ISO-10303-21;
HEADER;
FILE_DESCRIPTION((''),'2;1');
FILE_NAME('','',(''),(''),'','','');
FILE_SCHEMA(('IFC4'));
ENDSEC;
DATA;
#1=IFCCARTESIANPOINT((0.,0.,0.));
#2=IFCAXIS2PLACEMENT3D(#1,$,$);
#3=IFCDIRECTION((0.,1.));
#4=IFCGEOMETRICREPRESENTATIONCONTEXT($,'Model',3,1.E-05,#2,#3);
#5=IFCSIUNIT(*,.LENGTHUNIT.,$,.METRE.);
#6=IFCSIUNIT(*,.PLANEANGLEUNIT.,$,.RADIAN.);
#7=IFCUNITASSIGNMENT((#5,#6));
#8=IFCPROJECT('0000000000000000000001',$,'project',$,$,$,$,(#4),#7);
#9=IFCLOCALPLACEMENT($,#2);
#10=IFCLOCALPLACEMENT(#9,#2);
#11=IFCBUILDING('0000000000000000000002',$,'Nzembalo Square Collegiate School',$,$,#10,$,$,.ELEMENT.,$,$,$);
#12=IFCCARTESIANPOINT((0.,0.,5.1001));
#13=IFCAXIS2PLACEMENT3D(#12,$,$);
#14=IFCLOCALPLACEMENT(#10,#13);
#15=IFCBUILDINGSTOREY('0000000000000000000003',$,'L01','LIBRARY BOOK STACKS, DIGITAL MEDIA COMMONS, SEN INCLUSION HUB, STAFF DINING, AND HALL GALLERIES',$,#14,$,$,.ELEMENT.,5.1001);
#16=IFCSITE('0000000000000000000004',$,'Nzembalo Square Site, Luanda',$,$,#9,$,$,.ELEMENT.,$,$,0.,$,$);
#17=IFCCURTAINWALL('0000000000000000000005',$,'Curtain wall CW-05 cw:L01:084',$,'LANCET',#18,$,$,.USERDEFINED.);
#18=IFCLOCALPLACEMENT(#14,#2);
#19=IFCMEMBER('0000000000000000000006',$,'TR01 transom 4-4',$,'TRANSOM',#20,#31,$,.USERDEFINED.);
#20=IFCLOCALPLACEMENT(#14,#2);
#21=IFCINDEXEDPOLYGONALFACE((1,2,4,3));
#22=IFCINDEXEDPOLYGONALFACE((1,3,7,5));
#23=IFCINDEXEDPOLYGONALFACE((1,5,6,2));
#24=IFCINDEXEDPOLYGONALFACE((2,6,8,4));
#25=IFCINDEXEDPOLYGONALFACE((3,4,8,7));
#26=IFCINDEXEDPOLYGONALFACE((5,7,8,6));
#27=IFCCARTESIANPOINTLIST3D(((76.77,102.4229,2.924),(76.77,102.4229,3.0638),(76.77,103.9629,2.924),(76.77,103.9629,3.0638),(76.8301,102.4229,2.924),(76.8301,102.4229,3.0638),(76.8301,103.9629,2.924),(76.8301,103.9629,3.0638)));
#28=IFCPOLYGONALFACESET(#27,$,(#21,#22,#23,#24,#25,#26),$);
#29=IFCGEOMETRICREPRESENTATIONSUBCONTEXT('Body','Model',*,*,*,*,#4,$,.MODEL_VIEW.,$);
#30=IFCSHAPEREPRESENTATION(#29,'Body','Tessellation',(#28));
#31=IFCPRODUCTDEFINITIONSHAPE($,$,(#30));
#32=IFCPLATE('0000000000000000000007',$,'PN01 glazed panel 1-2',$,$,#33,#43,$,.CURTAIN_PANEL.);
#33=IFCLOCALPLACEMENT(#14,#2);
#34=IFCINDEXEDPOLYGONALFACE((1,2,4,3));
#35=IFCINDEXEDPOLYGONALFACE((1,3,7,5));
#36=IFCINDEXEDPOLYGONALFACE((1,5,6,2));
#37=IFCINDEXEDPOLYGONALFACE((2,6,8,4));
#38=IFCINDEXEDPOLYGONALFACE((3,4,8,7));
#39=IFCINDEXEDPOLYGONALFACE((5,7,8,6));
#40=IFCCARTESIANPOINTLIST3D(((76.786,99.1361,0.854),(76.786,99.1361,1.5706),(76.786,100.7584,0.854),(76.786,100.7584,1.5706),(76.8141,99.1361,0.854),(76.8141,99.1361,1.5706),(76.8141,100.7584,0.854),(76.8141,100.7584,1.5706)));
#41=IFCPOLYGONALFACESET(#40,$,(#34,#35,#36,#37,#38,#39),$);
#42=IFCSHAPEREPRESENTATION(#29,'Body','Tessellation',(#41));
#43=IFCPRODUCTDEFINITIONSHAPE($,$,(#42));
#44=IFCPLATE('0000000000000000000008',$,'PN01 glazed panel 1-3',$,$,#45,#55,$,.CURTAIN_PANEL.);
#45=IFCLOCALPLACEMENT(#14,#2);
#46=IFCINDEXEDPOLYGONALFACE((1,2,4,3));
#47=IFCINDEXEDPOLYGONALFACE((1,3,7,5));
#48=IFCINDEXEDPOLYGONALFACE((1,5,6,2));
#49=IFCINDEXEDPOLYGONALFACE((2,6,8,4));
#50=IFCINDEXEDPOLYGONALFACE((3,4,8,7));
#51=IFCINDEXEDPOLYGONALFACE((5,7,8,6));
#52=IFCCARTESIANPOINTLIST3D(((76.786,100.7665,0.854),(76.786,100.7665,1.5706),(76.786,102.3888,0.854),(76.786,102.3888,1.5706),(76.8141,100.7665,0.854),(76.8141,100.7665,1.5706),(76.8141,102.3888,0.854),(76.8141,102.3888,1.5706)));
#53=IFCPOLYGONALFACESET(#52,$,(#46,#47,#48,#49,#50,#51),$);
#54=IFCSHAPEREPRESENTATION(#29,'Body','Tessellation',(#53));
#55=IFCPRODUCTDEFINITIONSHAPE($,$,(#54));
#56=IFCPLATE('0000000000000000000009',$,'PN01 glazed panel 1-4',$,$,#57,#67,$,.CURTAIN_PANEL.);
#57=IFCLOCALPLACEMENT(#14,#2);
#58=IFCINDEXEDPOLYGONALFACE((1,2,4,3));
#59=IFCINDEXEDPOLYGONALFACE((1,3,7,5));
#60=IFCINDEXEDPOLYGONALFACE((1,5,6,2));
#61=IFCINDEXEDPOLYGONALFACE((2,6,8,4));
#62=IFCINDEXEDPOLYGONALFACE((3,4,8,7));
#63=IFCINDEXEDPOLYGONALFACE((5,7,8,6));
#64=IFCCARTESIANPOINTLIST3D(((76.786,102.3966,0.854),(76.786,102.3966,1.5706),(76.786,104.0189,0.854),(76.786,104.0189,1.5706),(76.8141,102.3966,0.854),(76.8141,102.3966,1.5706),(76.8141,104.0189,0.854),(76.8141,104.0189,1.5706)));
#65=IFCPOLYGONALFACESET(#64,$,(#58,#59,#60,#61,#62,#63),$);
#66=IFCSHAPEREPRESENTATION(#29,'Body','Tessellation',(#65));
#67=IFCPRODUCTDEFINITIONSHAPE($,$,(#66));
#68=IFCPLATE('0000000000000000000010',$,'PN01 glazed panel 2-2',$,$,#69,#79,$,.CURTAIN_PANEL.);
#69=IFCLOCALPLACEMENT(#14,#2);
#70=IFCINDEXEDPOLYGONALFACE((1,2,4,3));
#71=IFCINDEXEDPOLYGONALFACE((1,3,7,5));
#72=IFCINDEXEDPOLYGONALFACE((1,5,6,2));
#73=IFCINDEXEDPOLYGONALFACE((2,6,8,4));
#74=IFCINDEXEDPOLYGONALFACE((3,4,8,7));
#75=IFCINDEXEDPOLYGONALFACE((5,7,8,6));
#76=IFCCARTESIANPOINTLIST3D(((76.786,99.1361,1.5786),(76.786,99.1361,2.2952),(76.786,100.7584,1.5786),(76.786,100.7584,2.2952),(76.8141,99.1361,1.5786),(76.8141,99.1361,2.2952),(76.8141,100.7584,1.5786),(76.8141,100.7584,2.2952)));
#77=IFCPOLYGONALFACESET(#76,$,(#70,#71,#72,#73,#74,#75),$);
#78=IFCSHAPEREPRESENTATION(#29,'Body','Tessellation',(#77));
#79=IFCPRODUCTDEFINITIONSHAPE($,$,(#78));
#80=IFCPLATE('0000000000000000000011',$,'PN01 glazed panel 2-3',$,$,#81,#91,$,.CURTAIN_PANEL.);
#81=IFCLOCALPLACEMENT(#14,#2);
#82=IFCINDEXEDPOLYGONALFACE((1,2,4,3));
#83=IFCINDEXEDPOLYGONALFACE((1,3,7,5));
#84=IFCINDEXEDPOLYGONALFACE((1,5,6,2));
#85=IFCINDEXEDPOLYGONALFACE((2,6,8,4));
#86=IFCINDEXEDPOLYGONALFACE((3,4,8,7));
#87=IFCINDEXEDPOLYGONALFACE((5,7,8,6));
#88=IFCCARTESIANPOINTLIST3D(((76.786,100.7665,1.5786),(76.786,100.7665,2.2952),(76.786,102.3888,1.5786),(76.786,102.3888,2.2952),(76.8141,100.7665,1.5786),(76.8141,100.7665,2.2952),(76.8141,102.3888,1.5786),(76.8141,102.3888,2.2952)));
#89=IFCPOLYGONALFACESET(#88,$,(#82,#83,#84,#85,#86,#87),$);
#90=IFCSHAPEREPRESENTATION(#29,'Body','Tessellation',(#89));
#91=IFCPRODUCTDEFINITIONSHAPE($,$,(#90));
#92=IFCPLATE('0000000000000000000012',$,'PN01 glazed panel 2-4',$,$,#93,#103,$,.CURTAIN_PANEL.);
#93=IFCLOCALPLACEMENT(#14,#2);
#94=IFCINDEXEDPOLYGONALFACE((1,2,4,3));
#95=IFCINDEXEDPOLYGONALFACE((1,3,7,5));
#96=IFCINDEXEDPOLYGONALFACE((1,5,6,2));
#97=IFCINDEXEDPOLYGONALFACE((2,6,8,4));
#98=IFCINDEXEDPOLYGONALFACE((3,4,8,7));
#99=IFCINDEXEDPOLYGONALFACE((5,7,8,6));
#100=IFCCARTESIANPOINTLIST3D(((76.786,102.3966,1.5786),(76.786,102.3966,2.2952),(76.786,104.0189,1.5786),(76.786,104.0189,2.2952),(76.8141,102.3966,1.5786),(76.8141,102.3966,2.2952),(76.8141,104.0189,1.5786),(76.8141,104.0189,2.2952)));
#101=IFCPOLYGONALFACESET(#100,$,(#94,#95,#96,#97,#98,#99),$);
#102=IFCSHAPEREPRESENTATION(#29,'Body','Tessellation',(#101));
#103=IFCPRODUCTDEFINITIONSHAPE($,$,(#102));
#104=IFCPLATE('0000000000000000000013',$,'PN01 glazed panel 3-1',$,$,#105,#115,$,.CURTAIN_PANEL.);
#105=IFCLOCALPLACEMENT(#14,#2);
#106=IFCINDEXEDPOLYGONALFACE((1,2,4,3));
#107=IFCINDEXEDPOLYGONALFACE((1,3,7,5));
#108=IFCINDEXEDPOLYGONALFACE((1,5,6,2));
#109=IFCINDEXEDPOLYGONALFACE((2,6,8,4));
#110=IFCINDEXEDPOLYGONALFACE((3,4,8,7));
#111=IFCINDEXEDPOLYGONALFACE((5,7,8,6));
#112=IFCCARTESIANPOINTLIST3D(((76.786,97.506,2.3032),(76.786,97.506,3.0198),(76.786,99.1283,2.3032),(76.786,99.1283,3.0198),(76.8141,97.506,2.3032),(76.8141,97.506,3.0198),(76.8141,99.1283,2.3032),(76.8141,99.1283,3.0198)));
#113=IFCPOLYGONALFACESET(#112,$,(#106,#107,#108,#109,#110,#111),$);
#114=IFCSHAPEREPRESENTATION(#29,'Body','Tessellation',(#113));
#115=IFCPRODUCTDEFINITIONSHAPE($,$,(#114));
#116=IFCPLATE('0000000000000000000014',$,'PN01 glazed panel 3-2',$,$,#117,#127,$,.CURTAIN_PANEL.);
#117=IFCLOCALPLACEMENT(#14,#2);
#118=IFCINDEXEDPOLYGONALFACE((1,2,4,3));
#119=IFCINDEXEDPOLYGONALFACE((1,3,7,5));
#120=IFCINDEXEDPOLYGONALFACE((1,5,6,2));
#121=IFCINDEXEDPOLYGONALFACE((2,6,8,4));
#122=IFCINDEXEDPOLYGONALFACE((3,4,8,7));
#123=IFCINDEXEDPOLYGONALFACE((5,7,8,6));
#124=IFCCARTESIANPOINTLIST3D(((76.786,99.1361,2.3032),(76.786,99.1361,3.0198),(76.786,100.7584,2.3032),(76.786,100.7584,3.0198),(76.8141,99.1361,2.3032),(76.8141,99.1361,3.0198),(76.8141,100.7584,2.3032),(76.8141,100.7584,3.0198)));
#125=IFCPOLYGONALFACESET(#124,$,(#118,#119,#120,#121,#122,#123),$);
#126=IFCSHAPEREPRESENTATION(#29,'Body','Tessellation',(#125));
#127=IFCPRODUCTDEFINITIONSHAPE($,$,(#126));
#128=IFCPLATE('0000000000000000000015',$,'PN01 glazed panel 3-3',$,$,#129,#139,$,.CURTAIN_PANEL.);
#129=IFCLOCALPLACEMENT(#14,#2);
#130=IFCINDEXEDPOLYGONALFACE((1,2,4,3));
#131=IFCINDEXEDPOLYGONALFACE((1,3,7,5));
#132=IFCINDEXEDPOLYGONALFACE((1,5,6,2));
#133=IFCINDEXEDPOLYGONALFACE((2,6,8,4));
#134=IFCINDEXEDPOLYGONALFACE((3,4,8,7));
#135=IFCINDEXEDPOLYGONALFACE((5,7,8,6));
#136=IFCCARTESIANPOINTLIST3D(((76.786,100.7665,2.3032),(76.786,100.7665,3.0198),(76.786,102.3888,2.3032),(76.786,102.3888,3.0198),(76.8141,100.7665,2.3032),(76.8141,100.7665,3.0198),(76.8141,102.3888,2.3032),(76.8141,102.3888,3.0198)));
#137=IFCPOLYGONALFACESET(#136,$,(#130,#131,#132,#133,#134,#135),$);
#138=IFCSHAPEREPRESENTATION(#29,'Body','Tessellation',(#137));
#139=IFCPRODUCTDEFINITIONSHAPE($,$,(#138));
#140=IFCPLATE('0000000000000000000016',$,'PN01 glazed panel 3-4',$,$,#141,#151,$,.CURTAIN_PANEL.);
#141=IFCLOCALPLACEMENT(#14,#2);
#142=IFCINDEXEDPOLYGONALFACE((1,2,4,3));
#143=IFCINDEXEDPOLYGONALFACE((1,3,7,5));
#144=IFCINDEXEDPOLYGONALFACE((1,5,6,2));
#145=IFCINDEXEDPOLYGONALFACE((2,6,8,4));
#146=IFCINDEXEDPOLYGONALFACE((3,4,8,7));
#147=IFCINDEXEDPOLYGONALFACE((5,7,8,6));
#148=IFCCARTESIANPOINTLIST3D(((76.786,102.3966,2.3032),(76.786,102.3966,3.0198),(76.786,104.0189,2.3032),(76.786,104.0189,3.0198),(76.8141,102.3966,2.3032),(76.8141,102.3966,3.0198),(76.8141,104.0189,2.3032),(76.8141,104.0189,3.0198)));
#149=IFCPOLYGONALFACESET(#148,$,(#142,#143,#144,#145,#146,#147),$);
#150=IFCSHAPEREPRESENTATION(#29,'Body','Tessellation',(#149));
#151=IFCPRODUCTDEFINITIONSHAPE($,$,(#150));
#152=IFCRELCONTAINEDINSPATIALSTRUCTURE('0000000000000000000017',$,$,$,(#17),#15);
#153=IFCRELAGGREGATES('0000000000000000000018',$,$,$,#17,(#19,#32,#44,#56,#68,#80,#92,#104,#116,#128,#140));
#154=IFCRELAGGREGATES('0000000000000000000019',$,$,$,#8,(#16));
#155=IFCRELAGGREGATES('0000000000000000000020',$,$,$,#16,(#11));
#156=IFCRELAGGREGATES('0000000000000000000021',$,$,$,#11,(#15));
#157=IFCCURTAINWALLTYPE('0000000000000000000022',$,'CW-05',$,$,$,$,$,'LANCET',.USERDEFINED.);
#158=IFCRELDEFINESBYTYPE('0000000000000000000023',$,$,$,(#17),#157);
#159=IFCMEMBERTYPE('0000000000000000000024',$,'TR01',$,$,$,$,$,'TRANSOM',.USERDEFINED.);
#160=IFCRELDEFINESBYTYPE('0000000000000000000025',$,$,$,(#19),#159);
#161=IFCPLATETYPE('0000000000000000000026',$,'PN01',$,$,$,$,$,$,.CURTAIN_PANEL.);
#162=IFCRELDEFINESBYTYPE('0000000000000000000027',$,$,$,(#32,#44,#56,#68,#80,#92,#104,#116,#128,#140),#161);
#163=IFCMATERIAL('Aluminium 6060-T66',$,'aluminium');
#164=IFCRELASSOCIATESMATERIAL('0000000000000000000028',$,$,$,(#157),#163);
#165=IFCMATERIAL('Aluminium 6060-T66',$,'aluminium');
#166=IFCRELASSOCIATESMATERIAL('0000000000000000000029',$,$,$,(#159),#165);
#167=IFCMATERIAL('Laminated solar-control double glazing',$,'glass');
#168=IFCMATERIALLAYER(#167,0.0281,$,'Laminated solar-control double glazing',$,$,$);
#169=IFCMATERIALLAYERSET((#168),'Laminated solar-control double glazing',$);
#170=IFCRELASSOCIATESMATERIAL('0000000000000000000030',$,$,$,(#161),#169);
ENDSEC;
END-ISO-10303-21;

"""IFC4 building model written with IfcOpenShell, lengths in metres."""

from ifc_helpers import new_model, si_unit, direction, frame, origin, origin_2d, place, context, subcontext, project, spatial, rectangle, extrude, material, layer, layer_set, material_profile, profile_set, type_object, element, aggregate, save


model = new_model("IFC4")

# Units and contexts
model_context = context("Model", 3, precision=1e-05, world=origin(), true_north=direction((0.0, 1.0)))
body_context = subcontext(model_context, "Body", "Model", "MODEL_VIEW")
ifc_project = project(units=[si_unit("LENGTHUNIT", "METRE"), si_unit("PLANEANGLEUNIT", "RADIAN")], contexts=[model_context])

# Site, building, storey
site_placement = place(None, origin())
site = spatial("IfcSite", under=ifc_project, at=site_placement, Name="Nzembalo Square Site, Luanda", CompositionType="ELEMENT", RefElevation=0.0)
building_placement = place(site_placement, origin())
building = spatial("IfcBuilding", under=site, at=building_placement, Name="Nzembalo Square Collegiate School", CompositionType="ELEMENT")
storey_placement = place(building_placement, frame((0.0, 0.0, 5.1001)))
storey = spatial("IfcBuildingStorey", under=building, at=storey_placement, Name="L01", Description="LIBRARY BOOK STACKS, DIGITAL MEDIA COMMONS, SEN INCLUSION HUB, STAFF DINING, AND HALL GALLERIES", CompositionType="ELEMENT", Elevation=5.1001)

# Curtain wall, member, plates
ifc_material_1 = material(Name="Aluminium 6060-T66", Category="aluminium")
curtain_wall_type = type_object("IfcCurtainWallType", Name="CW-05", ElementType="LANCET", PredefinedType="USERDEFINED", material=ifc_material_1)
curtain_wall_placement = place(storey_placement, origin())
curtain_wall = element("IfcCurtainWall", 1, at=curtain_wall_placement, inside=storey, type_object=curtain_wall_type, Name="Curtain wall CW-05 cw:L01:084", ObjectType="LANCET", PredefinedType="USERDEFINED")
ifc_material_2 = material(Name="Aluminium 6060-T66", Category="aluminium")
ifc_material_profile_1 = material_profile(ifc_material_2, rectangle(XDim=0.0601, YDim=0.1399, at=origin_2d()), Name="ALU T60x140")
ifc_profile_set_1 = profile_set([ifc_material_profile_1], Name="Aluminium 6060-T66")
member_type_1 = type_object("IfcMemberType", Name="TR01", ElementType="TRANSOM", PredefinedType="USERDEFINED", material=ifc_profile_set_1)
member_1_placement = place(storey_placement, frame((76.8, 102.4229, 2.9939), z_axis=(0.0, 1.0, 0.0), x_axis=(-1.0, 0.0, 0.0)))
member_1 = element("IfcMember", 2, at=member_1_placement, type_object=member_type_1, Name="TR01 transom 4-4", ObjectType="TRANSOM", PredefinedType="USERDEFINED", context=body_context, shape_type="SweptSolid", body=[
    extrude(rectangle(XDim=0.0601, YDim=0.1399, at=origin_2d()), origin(), (0.0, 0.0, 1.0), 1.54),
])
ifc_material_3 = material(Name="Laminated solar-control double glazing", Category="glass")
ifc_layer = layer(ifc_material_3, 0.0281, Name="Laminated solar-control double glazing")
ifc_layer_set = layer_set([ifc_layer], Name="Laminated solar-control double glazing")
plate_type = type_object("IfcPlateType", Name="PN01", PredefinedType="CURTAIN_PANEL", material=ifc_layer_set)
plate_1_placement = place(storey_placement, frame((76.8, 99.9473, 0.854), z_axis=(0.0, 0.0, 1.0), x_axis=(0.0, 1.0, 0.0)))
plate_1 = element("IfcPlate", 3, at=plate_1_placement, type_object=plate_type, Name="PN01 glazed panel 1-2", PredefinedType="CURTAIN_PANEL", context=body_context, shape_type="SweptSolid", body=[
    extrude(rectangle(XDim=1.6223, YDim=0.0281, at=origin_2d()), origin(), (0.0, 0.0, 1.0), 0.7166),
])
plate_2_placement = place(storey_placement, frame((76.8, 101.5776, 0.854), z_axis=(0.0, 0.0, 1.0), x_axis=(0.0, 1.0, 0.0)))
plate_2 = element("IfcPlate", 4, at=plate_2_placement, type_object=plate_type, Name="PN01 glazed panel 1-3", PredefinedType="CURTAIN_PANEL", context=body_context, shape_type="SweptSolid", body=[
    extrude(rectangle(XDim=1.6223, YDim=0.0281, at=origin_2d()), origin(), (0.0, 0.0, 1.0), 0.7166),
])
plate_3_placement = place(storey_placement, frame((76.8, 103.2078, 0.854), z_axis=(0.0, 0.0, 1.0), x_axis=(0.0, 1.0, 0.0)))
plate_3 = element("IfcPlate", 5, at=plate_3_placement, type_object=plate_type, Name="PN01 glazed panel 1-4", PredefinedType="CURTAIN_PANEL", context=body_context, shape_type="SweptSolid", body=[
    extrude(rectangle(XDim=1.6223, YDim=0.0281, at=origin_2d()), origin(), (0.0, 0.0, 1.0), 0.7166),
])
plate_4_placement = place(storey_placement, frame((76.8, 99.9473, 1.5786), z_axis=(0.0, 0.0, 1.0), x_axis=(0.0, 1.0, 0.0)))
plate_4 = element("IfcPlate", 6, at=plate_4_placement, type_object=plate_type, Name="PN01 glazed panel 2-2", PredefinedType="CURTAIN_PANEL", context=body_context, shape_type="SweptSolid", body=[
    extrude(rectangle(XDim=1.6223, YDim=0.0281, at=origin_2d()), origin(), (0.0, 0.0, 1.0), 0.7166),
])
plate_5_placement = place(storey_placement, frame((76.8, 101.5776, 1.5786), z_axis=(0.0, 0.0, 1.0), x_axis=(0.0, 1.0, 0.0)))
plate_5 = element("IfcPlate", 7, at=plate_5_placement, type_object=plate_type, Name="PN01 glazed panel 2-3", PredefinedType="CURTAIN_PANEL", context=body_context, shape_type="SweptSolid", body=[
    extrude(rectangle(XDim=1.6223, YDim=0.0281, at=origin_2d()), origin(), (0.0, 0.0, 1.0), 0.7166),
])
plate_6_placement = place(storey_placement, frame((76.8, 103.2078, 1.5786), z_axis=(0.0, 0.0, 1.0), x_axis=(0.0, 1.0, 0.0)))
plate_6 = element("IfcPlate", 8, at=plate_6_placement, type_object=plate_type, Name="PN01 glazed panel 2-4", PredefinedType="CURTAIN_PANEL", context=body_context, shape_type="SweptSolid", body=[
    extrude(rectangle(XDim=1.6223, YDim=0.0281, at=origin_2d()), origin(), (0.0, 0.0, 1.0), 0.7166),
])
plate_7_placement = place(storey_placement, frame((76.8, 98.3171, 2.3032), z_axis=(0.0, 0.0, 1.0), x_axis=(0.0, 1.0, 0.0)))
plate_7 = element("IfcPlate", 9, at=plate_7_placement, type_object=plate_type, Name="PN01 glazed panel 3-1", PredefinedType="CURTAIN_PANEL", context=body_context, shape_type="SweptSolid", body=[
    extrude(rectangle(XDim=1.6223, YDim=0.0281, at=origin_2d()), origin(), (0.0, 0.0, 1.0), 0.7166),
])
plate_8_placement = place(storey_placement, frame((76.8, 99.9473, 2.3032), z_axis=(0.0, 0.0, 1.0), x_axis=(0.0, 1.0, 0.0)))
plate_8 = element("IfcPlate", 10, at=plate_8_placement, type_object=plate_type, Name="PN01 glazed panel 3-2", PredefinedType="CURTAIN_PANEL", context=body_context, shape_type="SweptSolid", body=[
    extrude(rectangle(XDim=1.6223, YDim=0.0281, at=origin_2d()), origin(), (0.0, 0.0, 1.0), 0.7166),
])
plate_9_placement = place(storey_placement, frame((76.8, 101.5776, 2.3032), z_axis=(0.0, 0.0, 1.0), x_axis=(0.0, 1.0, 0.0)))
plate_9 = element("IfcPlate", 11, at=plate_9_placement, type_object=plate_type, Name="PN01 glazed panel 3-3", PredefinedType="CURTAIN_PANEL", context=body_context, shape_type="SweptSolid", body=[
    extrude(rectangle(XDim=1.6223, YDim=0.0281, at=origin_2d()), origin(), (0.0, 0.0, 1.0), 0.7166),
])
plate_10_placement = place(storey_placement, frame((76.8, 103.2078, 2.3032), z_axis=(0.0, 0.0, 1.0), x_axis=(0.0, 1.0, 0.0)))
plate_10 = element("IfcPlate", 12, at=plate_10_placement, type_object=plate_type, Name="PN01 glazed panel 3-4", PredefinedType="CURTAIN_PANEL", context=body_context, shape_type="SweptSolid", body=[
    extrude(rectangle(XDim=1.6223, YDim=0.0281, at=origin_2d()), origin(), (0.0, 0.0, 1.0), 0.7166),
])
aggregate(curtain_wall, [member_1, plate_1, plate_2, plate_3, plate_4, plate_5, plate_6, plate_7, plate_8, plate_9, plate_10])

save(model, "model.ifc")
